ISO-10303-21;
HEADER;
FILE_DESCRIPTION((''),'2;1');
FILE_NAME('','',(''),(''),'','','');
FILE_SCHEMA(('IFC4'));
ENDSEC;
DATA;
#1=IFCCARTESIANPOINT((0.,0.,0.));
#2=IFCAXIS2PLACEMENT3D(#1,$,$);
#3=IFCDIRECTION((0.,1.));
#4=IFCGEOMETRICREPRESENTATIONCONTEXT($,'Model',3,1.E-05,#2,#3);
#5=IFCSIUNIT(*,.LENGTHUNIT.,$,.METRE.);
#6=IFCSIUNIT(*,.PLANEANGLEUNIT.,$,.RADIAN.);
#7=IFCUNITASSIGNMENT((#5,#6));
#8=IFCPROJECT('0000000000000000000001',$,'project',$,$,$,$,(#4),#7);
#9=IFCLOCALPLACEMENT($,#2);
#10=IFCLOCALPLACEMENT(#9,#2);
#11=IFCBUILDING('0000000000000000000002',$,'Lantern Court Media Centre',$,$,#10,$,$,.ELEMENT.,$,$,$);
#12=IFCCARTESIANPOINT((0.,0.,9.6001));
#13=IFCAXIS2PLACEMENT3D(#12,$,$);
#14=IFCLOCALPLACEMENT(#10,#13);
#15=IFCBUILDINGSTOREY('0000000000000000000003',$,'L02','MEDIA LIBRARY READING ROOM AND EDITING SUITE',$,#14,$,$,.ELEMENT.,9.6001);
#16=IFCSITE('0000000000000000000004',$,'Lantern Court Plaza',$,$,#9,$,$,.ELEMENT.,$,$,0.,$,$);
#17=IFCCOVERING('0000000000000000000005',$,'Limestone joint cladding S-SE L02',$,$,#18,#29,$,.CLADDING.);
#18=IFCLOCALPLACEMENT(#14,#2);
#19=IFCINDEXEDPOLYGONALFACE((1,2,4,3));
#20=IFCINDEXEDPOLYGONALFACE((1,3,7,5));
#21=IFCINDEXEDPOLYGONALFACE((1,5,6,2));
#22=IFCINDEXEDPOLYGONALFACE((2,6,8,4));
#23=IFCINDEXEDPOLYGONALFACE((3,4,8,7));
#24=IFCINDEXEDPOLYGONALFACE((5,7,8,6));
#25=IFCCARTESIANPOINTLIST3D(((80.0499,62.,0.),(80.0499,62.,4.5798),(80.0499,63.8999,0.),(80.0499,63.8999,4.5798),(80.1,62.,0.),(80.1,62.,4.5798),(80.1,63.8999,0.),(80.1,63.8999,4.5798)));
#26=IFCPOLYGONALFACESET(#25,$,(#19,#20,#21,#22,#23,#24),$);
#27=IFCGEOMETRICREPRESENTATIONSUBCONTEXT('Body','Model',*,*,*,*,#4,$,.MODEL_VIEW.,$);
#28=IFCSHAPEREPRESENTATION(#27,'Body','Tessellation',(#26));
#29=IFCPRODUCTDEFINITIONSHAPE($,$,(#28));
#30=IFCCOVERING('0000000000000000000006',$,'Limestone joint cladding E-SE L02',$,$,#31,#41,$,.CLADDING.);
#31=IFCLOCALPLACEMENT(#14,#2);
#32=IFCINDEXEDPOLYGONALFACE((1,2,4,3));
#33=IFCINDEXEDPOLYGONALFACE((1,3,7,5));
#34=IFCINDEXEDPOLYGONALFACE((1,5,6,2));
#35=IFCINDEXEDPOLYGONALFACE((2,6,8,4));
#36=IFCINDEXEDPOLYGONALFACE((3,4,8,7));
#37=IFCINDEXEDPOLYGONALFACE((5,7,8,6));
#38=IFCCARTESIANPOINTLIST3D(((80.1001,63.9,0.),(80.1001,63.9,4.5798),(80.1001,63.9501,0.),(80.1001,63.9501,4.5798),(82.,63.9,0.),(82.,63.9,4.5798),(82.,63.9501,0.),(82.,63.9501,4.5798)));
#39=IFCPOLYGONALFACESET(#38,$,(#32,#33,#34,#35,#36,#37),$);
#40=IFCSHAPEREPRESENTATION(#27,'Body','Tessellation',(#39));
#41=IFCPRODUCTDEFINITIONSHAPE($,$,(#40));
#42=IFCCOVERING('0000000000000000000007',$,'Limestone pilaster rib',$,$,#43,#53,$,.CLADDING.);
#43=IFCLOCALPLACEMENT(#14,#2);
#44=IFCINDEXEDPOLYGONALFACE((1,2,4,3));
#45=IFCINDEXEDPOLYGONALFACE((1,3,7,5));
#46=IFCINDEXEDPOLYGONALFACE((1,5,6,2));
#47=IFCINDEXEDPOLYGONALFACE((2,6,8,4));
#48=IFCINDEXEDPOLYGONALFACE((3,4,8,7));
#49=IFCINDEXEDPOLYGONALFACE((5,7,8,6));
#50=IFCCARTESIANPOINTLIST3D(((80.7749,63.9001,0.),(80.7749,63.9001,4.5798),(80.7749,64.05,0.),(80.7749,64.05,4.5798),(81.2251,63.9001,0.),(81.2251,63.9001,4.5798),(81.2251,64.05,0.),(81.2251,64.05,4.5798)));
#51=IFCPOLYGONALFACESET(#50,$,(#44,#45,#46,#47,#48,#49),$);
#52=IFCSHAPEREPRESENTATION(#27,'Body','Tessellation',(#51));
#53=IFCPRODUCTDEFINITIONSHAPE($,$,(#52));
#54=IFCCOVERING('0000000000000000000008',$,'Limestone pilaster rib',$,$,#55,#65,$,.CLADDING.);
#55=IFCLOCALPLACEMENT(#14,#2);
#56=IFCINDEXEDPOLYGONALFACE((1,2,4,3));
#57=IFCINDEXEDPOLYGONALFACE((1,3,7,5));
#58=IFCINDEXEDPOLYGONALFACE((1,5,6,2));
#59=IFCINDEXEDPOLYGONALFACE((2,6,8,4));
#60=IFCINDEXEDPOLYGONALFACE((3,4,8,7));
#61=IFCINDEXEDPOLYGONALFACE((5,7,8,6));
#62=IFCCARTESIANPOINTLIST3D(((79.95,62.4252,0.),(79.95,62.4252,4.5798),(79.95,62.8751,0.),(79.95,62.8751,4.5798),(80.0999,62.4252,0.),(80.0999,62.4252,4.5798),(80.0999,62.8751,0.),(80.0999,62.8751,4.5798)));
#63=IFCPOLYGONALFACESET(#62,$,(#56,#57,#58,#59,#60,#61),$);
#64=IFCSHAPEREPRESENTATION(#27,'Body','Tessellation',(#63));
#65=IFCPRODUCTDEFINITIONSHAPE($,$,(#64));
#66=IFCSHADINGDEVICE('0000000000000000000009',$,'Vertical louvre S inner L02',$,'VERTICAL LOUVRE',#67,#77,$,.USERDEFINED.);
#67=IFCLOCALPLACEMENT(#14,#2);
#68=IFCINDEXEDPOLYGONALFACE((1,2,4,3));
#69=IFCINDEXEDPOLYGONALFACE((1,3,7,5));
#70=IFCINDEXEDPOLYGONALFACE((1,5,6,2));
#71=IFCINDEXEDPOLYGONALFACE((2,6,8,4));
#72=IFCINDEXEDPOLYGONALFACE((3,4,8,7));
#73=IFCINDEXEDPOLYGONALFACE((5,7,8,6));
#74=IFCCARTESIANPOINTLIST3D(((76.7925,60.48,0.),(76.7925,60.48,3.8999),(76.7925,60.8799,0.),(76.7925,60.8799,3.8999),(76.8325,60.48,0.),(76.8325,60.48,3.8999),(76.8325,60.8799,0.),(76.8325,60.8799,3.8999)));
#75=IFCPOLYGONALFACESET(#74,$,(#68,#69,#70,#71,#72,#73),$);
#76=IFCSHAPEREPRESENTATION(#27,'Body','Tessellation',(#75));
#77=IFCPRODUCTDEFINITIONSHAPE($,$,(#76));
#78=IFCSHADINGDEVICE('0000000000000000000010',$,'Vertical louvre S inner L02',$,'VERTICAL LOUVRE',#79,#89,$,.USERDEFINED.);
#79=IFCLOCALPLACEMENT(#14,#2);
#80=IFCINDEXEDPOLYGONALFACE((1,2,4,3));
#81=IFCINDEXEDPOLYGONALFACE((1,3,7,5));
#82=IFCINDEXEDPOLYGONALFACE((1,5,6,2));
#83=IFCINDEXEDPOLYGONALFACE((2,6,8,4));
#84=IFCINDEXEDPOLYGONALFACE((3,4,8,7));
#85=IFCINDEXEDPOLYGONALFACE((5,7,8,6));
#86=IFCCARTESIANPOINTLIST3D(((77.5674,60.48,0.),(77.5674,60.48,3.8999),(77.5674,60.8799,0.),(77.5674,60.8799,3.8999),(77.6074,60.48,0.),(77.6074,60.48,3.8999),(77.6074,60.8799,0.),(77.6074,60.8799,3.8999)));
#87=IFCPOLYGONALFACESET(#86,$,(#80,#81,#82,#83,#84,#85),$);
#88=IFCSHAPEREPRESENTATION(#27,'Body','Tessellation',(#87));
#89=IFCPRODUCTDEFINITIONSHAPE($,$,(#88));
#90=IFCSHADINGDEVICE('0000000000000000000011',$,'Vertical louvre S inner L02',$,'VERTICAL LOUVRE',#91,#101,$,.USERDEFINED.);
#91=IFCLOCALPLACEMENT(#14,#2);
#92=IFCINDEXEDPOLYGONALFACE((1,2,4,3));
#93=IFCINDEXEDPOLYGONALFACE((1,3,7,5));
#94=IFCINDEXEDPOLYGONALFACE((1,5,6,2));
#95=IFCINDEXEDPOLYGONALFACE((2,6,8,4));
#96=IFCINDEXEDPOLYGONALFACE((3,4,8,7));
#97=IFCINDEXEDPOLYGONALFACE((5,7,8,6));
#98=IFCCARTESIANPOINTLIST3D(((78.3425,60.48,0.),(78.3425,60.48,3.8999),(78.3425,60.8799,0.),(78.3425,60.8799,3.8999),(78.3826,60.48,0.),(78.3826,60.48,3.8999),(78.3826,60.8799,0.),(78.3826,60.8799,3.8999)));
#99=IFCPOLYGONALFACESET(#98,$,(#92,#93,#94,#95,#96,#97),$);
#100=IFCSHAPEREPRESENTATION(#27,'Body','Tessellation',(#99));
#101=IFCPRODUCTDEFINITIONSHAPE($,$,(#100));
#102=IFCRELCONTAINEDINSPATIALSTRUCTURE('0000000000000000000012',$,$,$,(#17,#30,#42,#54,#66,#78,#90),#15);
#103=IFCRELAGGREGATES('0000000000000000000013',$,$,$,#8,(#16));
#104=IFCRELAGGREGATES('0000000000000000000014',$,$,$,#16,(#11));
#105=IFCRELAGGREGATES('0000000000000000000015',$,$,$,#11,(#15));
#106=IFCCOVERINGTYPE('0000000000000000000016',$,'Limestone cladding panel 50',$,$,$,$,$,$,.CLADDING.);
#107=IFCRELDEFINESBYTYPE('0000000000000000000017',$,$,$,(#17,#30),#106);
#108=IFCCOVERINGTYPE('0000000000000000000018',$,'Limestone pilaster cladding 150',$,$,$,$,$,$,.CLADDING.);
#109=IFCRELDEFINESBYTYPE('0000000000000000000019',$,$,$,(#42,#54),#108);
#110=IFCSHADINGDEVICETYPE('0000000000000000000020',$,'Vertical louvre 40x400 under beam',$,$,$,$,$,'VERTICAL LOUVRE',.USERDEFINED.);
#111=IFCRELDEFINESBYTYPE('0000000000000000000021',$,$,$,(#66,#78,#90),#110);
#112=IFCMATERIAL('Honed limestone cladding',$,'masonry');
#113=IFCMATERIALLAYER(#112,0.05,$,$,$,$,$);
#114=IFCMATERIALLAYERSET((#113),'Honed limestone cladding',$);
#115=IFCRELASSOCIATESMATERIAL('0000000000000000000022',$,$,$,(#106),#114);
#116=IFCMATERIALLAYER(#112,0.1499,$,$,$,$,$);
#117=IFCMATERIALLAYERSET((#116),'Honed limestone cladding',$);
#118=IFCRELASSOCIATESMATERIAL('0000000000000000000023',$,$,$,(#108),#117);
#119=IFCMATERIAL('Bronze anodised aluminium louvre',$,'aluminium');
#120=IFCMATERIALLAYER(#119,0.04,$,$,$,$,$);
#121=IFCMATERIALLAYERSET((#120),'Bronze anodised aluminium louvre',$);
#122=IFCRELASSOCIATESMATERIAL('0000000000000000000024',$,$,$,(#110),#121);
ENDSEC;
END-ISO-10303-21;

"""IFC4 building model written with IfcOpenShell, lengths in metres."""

from ifc_helpers import new_model, si_unit, direction, frame, frame_2d, origin, origin_2d, place, context, subcontext, project, spatial, rectangle, extrude, material, layer, layer_set, type_object, element, save


model = new_model("IFC4")

# Units and contexts
model_context = context("Model", 3, precision=1e-05, world=origin(), true_north=direction((0.0, 1.0)))
body_context = subcontext(model_context, "Body", "Model", "MODEL_VIEW")
ifc_project = project(units=[si_unit("LENGTHUNIT", "METRE"), si_unit("PLANEANGLEUNIT", "RADIAN")], contexts=[model_context])

# Site, building, storey
site_placement = place(None, origin())
site = spatial("IfcSite", under=ifc_project, at=site_placement, Name="Lantern Court Plaza", CompositionType="ELEMENT", RefElevation=0.0)
building_placement = place(site_placement, origin())
building = spatial("IfcBuilding", under=site, at=building_placement, Name="Lantern Court Media Centre", CompositionType="ELEMENT")
storey_placement = place(building_placement, frame((0.0, 0.0, 9.6001)))
storey = spatial("IfcBuildingStorey", under=building, at=storey_placement, Name="L02", Description="MEDIA LIBRARY READING ROOM AND EDITING SUITE", CompositionType="ELEMENT", Elevation=9.6001)

# Coverings
ifc_material_1 = material(Name="Honed limestone cladding", Category="masonry")
ifc_layer_1 = layer(ifc_material_1, 0.05)
ifc_layer_set_1 = layer_set([ifc_layer_1], Name="Honed limestone cladding")
covering_type_1 = type_object("IfcCoveringType", Name="Limestone cladding panel 50", PredefinedType="CLADDING", material=ifc_layer_set_1)
for number, where, z_axis, x_axis, name in (
    (1, (80.075, 62.0, 0.0), (0.0, 0.0, 1.0), (0.0, 1.0, 0.0), "Limestone joint cladding S-SE L02"),
    (2, (80.1001, 63.925, 0.0), (0.0, 0.0, 1.0), (1.0, 0.0, 0.0), "Limestone joint cladding E-SE L02"),
):
    element("IfcCovering", number, at=place(storey_placement, frame(where, z_axis=z_axis, x_axis=x_axis)), inside=storey, type_object=covering_type_1, Name=name, PredefinedType="CLADDING", context=body_context, shape_type="SweptSolid", body=[
        extrude(rectangle(XDim=1.8999, YDim=0.05, at=frame_2d((0.95, 0.0))), origin(), (0.0, 0.0, 1.0), 4.5798),
    ])
ifc_layer_2 = layer(ifc_material_1, 0.1499)
ifc_layer_set_2 = layer_set([ifc_layer_2], Name="Honed limestone cladding")
covering_type_2 = type_object("IfcCoveringType", Name="Limestone pilaster cladding 150", PredefinedType="CLADDING", material=ifc_layer_set_2)
covering_1_placement = place(storey_placement, frame((80.7749, 63.9751, 0.0), z_axis=(0.0, 0.0, 1.0), x_axis=(1.0, 0.0, 0.0)))
element("IfcCovering", 3, at=covering_1_placement, inside=storey, type_object=covering_type_2, Name="Limestone pilaster rib", PredefinedType="CLADDING", context=body_context, shape_type="SweptSolid", body=[
    extrude(rectangle(XDim=0.4502, YDim=0.1499, at=frame_2d((0.2251, 0.0))), origin(), (0.0, 0.0, 1.0), 4.5798),
])
covering_2_placement = place(storey_placement, frame((80.0249, 62.425, 0.0), z_axis=(0.0, 0.0, 1.0), x_axis=(0.0, 1.0, 0.0)))
element("IfcCovering", 4, at=covering_2_placement, inside=storey, type_object=covering_type_2, Name="Limestone pilaster rib", PredefinedType="CLADDING", context=body_context, shape_type="SweptSolid", body=[
    extrude(rectangle(XDim=0.45, YDim=0.1499, at=frame_2d((0.2251, 0.0))), origin(), (0.0, 0.0, 1.0), 4.5798),
])

# Shading devices
ifc_material_2 = material(Name="Bronze anodised aluminium louvre", Category="aluminium")
ifc_layer_3 = layer(ifc_material_2, 0.04)
ifc_layer_set_3 = layer_set([ifc_layer_3], Name="Bronze anodised aluminium louvre")
shading_device_type = type_object("IfcShadingDeviceType", Name="Vertical louvre 40x400 under beam", ElementType="VERTICAL LOUVRE", PredefinedType="USERDEFINED", material=ifc_layer_set_3)
for number, where, z_axis, x_axis, name in (
    (5, (76.8125, 60.6799, 0.0), (0.0, 0.0, 1.0), (1.0, 0.0, 0.0), "Vertical louvre S inner L02"),
    (6, (77.5874, 60.6799, 0.0), (0.0, 0.0, 1.0), (1.0, 0.0, 0.0), "Vertical louvre S inner L02"),
    (7, (78.3625, 60.6799, 0.0), (0.0, 0.0, 1.0), (1.0, 0.0, 0.0), "Vertical louvre S inner L02"),
):
    element("IfcShadingDevice", number, at=place(storey_placement, frame(where, z_axis=z_axis, x_axis=x_axis)), inside=storey, type_object=shading_device_type, Name=name, ObjectType="VERTICAL LOUVRE", PredefinedType="USERDEFINED", context=body_context, shape_type="SweptSolid", body=[
        extrude(rectangle(XDim=0.04, YDim=0.3999, at=origin_2d()), origin(), (0.0, 0.0, 1.0), 3.8999),
    ])

save(model, "model.ifc")
